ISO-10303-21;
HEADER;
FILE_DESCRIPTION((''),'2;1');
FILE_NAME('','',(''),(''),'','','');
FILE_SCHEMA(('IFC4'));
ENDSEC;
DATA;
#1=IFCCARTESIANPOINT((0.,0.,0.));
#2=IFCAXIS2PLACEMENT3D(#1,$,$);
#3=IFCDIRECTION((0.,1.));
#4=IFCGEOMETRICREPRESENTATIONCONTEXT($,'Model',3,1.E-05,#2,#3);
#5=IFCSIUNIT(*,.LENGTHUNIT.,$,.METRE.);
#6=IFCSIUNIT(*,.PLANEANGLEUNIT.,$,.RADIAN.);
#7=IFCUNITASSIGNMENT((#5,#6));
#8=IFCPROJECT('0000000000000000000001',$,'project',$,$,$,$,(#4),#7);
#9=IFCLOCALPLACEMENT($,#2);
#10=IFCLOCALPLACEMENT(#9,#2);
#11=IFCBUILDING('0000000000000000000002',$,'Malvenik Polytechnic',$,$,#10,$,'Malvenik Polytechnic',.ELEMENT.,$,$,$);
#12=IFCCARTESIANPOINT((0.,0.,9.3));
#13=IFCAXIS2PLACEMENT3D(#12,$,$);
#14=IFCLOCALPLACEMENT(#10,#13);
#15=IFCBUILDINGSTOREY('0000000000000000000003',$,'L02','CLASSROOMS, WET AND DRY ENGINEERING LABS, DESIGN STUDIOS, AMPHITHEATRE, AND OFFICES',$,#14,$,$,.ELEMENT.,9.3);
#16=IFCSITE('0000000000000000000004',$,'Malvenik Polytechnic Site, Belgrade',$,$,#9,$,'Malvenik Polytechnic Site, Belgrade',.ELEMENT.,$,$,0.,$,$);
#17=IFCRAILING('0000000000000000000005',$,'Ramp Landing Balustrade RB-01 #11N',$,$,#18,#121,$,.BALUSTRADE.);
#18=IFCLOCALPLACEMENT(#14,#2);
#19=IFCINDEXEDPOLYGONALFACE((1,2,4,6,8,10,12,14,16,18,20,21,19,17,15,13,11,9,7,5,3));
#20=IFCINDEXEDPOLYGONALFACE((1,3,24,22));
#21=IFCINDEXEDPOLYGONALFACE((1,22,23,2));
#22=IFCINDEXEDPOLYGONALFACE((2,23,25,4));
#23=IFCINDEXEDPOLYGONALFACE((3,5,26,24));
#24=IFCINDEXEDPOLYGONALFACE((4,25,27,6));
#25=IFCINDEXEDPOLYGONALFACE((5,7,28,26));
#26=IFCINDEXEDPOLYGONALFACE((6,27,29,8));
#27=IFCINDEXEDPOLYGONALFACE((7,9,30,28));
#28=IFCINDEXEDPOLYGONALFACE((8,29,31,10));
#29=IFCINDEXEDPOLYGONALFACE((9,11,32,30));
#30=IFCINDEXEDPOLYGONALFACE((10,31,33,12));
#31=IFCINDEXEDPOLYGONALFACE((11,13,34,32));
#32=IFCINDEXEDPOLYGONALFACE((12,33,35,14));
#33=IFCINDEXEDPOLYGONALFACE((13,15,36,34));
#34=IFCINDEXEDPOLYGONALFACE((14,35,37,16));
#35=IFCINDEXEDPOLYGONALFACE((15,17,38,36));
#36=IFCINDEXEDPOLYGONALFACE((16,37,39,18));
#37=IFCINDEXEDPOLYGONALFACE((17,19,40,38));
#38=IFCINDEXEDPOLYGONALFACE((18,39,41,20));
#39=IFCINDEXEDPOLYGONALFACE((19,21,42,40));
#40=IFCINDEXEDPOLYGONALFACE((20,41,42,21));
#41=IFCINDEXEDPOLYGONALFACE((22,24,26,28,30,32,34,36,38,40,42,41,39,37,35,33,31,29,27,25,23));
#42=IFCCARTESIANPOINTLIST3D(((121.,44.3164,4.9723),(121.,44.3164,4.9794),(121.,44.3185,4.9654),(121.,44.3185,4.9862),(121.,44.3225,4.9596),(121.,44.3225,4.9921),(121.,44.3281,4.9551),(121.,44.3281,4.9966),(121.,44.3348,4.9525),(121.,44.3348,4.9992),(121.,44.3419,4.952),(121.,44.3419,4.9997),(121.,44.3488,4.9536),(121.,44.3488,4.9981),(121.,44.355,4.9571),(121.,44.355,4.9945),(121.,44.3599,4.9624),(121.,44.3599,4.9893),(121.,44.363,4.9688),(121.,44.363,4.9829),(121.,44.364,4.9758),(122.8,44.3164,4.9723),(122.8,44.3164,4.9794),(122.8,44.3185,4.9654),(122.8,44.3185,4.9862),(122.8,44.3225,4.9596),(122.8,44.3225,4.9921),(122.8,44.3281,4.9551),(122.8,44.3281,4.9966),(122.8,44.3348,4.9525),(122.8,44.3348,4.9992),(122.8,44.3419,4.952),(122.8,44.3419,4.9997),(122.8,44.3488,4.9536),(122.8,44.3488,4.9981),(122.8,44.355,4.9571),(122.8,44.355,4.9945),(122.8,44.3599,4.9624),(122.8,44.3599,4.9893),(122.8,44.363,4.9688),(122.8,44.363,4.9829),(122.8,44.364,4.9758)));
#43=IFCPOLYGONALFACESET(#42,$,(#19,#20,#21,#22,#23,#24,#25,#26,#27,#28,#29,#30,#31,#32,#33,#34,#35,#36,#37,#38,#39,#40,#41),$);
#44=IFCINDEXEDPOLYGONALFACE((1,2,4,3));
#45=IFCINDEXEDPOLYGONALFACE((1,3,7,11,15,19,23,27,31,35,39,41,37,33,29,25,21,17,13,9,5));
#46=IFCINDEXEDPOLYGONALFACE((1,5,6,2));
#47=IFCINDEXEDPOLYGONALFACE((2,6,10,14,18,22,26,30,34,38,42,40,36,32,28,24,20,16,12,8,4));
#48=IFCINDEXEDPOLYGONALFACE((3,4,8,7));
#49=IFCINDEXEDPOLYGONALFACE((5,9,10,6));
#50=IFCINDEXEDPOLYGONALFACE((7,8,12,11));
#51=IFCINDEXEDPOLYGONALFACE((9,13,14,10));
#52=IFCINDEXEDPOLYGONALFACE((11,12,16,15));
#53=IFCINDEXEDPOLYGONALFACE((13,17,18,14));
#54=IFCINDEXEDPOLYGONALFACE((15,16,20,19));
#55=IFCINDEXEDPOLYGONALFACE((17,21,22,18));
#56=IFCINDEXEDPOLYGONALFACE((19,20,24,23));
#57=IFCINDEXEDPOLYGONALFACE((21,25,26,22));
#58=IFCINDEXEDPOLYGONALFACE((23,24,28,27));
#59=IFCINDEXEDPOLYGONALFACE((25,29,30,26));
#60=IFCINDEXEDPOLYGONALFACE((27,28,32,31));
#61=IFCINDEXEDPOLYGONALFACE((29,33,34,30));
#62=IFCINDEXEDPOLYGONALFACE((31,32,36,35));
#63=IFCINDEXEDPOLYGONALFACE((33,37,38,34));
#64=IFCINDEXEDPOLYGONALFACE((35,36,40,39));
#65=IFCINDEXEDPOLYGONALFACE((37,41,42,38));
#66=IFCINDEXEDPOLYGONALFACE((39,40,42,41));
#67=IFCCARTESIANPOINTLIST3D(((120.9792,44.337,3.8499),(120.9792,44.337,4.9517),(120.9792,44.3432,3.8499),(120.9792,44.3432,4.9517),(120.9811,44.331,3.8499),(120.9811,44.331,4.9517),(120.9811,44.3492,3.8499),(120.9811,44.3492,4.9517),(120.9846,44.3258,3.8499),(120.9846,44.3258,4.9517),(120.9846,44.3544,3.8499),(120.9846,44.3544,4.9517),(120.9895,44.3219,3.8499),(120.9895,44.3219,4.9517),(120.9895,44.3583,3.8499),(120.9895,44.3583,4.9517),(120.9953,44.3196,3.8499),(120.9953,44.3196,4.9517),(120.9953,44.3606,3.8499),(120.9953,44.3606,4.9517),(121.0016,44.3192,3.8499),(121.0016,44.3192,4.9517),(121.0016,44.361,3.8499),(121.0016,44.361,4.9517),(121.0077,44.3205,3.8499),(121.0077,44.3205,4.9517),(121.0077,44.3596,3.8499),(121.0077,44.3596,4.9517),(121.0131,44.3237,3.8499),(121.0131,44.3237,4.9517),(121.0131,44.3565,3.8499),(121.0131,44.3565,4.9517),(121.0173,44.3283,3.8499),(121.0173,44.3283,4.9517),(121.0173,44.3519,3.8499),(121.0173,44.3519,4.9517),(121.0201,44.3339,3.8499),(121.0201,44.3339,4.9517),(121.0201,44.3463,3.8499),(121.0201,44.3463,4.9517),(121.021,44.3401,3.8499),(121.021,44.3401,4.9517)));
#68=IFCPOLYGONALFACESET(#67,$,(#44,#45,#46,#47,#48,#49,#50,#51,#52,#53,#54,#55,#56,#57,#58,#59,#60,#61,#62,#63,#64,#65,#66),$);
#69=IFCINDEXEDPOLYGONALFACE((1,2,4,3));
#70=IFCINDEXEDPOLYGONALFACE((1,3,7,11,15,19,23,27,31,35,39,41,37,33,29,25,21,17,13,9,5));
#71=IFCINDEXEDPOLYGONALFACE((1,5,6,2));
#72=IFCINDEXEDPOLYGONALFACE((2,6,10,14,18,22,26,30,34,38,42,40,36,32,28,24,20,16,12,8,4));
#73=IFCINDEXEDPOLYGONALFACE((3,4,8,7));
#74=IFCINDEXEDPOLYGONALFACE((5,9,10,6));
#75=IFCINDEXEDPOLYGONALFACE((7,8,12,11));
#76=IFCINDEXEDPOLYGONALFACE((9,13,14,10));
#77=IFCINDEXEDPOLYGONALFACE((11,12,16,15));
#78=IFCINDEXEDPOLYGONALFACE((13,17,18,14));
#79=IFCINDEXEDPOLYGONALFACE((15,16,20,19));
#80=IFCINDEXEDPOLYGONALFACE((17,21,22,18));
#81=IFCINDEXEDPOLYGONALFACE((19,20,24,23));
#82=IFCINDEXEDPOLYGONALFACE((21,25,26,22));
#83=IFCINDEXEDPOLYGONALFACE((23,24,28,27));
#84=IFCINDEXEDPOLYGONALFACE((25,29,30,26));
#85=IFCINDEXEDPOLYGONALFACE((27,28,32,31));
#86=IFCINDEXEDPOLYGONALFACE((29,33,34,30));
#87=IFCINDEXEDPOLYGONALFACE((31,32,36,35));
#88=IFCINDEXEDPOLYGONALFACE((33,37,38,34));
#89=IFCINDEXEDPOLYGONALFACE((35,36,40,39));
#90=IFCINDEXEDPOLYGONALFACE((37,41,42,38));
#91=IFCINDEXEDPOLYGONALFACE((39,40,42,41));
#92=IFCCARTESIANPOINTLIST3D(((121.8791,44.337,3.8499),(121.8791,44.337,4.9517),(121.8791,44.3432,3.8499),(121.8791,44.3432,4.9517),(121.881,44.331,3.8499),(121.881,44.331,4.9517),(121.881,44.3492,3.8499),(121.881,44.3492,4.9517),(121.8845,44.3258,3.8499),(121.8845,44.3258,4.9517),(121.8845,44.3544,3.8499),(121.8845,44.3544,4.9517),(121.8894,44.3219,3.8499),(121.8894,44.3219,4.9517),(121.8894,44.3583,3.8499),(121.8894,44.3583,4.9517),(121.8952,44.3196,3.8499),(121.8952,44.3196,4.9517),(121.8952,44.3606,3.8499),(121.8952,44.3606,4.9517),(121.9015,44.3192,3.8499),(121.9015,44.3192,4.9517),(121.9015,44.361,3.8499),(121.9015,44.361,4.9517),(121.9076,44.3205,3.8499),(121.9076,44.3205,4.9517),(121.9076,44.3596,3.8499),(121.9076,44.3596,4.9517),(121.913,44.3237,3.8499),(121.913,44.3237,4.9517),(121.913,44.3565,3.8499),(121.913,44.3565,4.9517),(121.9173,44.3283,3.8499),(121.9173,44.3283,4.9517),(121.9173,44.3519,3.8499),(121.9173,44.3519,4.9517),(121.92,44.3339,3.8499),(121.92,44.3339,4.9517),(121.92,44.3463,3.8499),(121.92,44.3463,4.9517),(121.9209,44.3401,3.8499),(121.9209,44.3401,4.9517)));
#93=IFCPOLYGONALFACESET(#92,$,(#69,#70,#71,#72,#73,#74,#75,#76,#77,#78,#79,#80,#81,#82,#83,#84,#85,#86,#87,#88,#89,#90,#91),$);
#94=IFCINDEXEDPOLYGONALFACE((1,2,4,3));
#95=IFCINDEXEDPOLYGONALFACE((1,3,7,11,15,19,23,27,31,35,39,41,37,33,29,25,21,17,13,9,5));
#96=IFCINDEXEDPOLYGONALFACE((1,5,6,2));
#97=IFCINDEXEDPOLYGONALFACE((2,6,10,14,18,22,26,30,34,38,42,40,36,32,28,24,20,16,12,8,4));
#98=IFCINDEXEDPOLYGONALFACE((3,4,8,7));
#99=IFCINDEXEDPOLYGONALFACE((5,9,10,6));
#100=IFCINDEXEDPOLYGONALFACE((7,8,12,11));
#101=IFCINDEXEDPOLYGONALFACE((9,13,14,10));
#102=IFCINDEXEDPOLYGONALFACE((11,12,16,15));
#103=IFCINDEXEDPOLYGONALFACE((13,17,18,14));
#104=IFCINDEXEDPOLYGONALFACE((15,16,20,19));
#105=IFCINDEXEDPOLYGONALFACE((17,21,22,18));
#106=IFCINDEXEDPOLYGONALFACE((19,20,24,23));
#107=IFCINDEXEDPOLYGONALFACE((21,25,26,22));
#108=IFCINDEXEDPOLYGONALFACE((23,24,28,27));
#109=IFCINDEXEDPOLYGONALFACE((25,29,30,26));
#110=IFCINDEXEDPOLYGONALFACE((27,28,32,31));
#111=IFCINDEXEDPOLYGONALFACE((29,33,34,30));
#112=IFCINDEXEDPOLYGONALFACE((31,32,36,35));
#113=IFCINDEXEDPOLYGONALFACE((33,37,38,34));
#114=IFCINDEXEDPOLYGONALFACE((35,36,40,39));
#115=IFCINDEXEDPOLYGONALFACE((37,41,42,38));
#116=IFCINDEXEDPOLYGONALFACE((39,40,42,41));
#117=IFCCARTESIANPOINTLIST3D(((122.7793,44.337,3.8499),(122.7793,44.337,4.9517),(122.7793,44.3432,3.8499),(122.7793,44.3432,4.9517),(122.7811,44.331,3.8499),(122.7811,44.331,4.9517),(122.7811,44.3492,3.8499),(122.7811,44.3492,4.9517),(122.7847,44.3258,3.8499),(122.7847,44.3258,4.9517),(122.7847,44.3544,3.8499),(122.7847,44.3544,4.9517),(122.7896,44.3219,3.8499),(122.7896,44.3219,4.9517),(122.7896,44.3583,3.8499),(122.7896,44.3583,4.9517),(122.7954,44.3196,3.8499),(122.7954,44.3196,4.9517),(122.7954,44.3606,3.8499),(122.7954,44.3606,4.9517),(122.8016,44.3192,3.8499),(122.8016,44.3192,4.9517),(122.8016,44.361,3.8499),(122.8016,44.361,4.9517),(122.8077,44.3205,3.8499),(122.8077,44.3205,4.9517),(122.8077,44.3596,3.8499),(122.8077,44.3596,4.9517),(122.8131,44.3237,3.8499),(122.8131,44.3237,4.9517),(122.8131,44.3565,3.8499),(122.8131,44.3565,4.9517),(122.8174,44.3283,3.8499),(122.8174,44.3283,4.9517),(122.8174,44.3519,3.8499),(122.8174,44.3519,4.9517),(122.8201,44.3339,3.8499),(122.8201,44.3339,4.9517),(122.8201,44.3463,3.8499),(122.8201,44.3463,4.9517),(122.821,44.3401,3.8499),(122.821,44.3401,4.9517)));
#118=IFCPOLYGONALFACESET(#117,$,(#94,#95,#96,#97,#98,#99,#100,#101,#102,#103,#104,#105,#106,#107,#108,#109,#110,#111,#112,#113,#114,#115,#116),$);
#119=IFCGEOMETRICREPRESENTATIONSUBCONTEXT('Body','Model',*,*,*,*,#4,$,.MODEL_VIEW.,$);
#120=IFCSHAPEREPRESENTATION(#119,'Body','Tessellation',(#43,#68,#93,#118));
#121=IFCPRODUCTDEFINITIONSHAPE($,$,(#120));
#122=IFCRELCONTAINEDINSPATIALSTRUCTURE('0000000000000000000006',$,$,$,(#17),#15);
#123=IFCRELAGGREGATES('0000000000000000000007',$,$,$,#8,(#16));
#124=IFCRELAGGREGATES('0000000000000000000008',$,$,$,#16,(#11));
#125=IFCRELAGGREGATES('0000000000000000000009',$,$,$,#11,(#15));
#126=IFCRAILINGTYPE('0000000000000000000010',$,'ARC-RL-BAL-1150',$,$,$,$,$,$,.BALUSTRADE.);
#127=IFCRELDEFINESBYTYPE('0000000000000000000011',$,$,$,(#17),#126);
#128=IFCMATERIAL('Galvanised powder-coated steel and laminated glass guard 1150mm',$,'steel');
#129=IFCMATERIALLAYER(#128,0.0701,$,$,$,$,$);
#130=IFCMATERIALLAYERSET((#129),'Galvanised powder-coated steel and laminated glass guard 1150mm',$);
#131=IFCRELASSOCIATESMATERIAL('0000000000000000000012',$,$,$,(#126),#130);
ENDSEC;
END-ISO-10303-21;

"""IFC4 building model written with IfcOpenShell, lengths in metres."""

from ifc_helpers import new_model, si_unit, direction, frame, origin, origin_2d, place, context, subcontext, project, spatial, circle, extrude, material, layer, layer_set, type_object, element, save


model = new_model("IFC4")

# Units and contexts
model_context = context("Model", 3, precision=1e-05, world=origin(), true_north=direction((0.0, 1.0)))
body_context = subcontext(model_context, "Body", "Model", "MODEL_VIEW")
ifc_project = project(units=[si_unit("LENGTHUNIT", "METRE"), si_unit("PLANEANGLEUNIT", "RADIAN")], contexts=[model_context])

# Site, building, storey
site_placement = place(None, origin())
site = spatial("IfcSite", under=ifc_project, at=site_placement, Name="Malvenik Polytechnic Site, Belgrade", LongName="Malvenik Polytechnic Site, Belgrade", CompositionType="ELEMENT", RefElevation=0.0)
building_placement = place(site_placement, origin())
building = spatial("IfcBuilding", under=site, at=building_placement, Name="Malvenik Polytechnic", LongName="Malvenik Polytechnic", CompositionType="ELEMENT")
storey_placement = place(building_placement, frame((0.0, 0.0, 9.3)))
storey = spatial("IfcBuildingStorey", under=building, at=storey_placement, Name="L02", Description="CLASSROOMS, WET AND DRY ENGINEERING LABS, DESIGN STUDIOS, AMPHITHEATRE, AND OFFICES", CompositionType="ELEMENT", Elevation=9.3)

# Railing
ifc_material_1 = material(Name="Galvanised powder-coated steel and laminated glass guard 1150mm", Category="steel")
ifc_layer_1 = layer(ifc_material_1, 0.0701)
ifc_layer_set_1 = layer_set([ifc_layer_1], Name="Galvanised powder-coated steel and laminated glass guard 1150mm")
railing_type_1 = type_object("IfcRailingType", Name="ARC-RL-BAL-1150", PredefinedType="BALUSTRADE", material=ifc_layer_set_1)
railing_1_placement = place(storey_placement, frame((121.0, 44.3401, 3.8499)))
element("IfcRailing", 1, at=railing_1_placement, inside=storey, type_object=railing_type_1, Name="Ramp Landing Balustrade RB-01 #11N", PredefinedType="BALUSTRADE", context=body_context, shape_type="SweptSolid", body=[
    extrude(circle(Radius=0.0239, at=origin_2d()), frame((0.0, 0.0, 1.126), z_axis=(1.0, 0.0, 0.0), x_axis=(0.0, 1.0, 0.0)), (0.0, 0.0, 1.0), 1.8),
    extrude(circle(Radius=0.021, at=origin_2d()), origin(), (0.0, 0.0, 1.0), 1.1018),
    extrude(circle(Radius=0.021, at=origin_2d()), frame((0.8999, 0.0, 0.0)), (0.0, 0.0, 1.0), 1.1018),
    extrude(circle(Radius=0.021, at=origin_2d()), frame((1.8, 0.0, 0.0)), (0.0, 0.0, 1.0), 1.1018),
])

save(model, "model.ifc")
